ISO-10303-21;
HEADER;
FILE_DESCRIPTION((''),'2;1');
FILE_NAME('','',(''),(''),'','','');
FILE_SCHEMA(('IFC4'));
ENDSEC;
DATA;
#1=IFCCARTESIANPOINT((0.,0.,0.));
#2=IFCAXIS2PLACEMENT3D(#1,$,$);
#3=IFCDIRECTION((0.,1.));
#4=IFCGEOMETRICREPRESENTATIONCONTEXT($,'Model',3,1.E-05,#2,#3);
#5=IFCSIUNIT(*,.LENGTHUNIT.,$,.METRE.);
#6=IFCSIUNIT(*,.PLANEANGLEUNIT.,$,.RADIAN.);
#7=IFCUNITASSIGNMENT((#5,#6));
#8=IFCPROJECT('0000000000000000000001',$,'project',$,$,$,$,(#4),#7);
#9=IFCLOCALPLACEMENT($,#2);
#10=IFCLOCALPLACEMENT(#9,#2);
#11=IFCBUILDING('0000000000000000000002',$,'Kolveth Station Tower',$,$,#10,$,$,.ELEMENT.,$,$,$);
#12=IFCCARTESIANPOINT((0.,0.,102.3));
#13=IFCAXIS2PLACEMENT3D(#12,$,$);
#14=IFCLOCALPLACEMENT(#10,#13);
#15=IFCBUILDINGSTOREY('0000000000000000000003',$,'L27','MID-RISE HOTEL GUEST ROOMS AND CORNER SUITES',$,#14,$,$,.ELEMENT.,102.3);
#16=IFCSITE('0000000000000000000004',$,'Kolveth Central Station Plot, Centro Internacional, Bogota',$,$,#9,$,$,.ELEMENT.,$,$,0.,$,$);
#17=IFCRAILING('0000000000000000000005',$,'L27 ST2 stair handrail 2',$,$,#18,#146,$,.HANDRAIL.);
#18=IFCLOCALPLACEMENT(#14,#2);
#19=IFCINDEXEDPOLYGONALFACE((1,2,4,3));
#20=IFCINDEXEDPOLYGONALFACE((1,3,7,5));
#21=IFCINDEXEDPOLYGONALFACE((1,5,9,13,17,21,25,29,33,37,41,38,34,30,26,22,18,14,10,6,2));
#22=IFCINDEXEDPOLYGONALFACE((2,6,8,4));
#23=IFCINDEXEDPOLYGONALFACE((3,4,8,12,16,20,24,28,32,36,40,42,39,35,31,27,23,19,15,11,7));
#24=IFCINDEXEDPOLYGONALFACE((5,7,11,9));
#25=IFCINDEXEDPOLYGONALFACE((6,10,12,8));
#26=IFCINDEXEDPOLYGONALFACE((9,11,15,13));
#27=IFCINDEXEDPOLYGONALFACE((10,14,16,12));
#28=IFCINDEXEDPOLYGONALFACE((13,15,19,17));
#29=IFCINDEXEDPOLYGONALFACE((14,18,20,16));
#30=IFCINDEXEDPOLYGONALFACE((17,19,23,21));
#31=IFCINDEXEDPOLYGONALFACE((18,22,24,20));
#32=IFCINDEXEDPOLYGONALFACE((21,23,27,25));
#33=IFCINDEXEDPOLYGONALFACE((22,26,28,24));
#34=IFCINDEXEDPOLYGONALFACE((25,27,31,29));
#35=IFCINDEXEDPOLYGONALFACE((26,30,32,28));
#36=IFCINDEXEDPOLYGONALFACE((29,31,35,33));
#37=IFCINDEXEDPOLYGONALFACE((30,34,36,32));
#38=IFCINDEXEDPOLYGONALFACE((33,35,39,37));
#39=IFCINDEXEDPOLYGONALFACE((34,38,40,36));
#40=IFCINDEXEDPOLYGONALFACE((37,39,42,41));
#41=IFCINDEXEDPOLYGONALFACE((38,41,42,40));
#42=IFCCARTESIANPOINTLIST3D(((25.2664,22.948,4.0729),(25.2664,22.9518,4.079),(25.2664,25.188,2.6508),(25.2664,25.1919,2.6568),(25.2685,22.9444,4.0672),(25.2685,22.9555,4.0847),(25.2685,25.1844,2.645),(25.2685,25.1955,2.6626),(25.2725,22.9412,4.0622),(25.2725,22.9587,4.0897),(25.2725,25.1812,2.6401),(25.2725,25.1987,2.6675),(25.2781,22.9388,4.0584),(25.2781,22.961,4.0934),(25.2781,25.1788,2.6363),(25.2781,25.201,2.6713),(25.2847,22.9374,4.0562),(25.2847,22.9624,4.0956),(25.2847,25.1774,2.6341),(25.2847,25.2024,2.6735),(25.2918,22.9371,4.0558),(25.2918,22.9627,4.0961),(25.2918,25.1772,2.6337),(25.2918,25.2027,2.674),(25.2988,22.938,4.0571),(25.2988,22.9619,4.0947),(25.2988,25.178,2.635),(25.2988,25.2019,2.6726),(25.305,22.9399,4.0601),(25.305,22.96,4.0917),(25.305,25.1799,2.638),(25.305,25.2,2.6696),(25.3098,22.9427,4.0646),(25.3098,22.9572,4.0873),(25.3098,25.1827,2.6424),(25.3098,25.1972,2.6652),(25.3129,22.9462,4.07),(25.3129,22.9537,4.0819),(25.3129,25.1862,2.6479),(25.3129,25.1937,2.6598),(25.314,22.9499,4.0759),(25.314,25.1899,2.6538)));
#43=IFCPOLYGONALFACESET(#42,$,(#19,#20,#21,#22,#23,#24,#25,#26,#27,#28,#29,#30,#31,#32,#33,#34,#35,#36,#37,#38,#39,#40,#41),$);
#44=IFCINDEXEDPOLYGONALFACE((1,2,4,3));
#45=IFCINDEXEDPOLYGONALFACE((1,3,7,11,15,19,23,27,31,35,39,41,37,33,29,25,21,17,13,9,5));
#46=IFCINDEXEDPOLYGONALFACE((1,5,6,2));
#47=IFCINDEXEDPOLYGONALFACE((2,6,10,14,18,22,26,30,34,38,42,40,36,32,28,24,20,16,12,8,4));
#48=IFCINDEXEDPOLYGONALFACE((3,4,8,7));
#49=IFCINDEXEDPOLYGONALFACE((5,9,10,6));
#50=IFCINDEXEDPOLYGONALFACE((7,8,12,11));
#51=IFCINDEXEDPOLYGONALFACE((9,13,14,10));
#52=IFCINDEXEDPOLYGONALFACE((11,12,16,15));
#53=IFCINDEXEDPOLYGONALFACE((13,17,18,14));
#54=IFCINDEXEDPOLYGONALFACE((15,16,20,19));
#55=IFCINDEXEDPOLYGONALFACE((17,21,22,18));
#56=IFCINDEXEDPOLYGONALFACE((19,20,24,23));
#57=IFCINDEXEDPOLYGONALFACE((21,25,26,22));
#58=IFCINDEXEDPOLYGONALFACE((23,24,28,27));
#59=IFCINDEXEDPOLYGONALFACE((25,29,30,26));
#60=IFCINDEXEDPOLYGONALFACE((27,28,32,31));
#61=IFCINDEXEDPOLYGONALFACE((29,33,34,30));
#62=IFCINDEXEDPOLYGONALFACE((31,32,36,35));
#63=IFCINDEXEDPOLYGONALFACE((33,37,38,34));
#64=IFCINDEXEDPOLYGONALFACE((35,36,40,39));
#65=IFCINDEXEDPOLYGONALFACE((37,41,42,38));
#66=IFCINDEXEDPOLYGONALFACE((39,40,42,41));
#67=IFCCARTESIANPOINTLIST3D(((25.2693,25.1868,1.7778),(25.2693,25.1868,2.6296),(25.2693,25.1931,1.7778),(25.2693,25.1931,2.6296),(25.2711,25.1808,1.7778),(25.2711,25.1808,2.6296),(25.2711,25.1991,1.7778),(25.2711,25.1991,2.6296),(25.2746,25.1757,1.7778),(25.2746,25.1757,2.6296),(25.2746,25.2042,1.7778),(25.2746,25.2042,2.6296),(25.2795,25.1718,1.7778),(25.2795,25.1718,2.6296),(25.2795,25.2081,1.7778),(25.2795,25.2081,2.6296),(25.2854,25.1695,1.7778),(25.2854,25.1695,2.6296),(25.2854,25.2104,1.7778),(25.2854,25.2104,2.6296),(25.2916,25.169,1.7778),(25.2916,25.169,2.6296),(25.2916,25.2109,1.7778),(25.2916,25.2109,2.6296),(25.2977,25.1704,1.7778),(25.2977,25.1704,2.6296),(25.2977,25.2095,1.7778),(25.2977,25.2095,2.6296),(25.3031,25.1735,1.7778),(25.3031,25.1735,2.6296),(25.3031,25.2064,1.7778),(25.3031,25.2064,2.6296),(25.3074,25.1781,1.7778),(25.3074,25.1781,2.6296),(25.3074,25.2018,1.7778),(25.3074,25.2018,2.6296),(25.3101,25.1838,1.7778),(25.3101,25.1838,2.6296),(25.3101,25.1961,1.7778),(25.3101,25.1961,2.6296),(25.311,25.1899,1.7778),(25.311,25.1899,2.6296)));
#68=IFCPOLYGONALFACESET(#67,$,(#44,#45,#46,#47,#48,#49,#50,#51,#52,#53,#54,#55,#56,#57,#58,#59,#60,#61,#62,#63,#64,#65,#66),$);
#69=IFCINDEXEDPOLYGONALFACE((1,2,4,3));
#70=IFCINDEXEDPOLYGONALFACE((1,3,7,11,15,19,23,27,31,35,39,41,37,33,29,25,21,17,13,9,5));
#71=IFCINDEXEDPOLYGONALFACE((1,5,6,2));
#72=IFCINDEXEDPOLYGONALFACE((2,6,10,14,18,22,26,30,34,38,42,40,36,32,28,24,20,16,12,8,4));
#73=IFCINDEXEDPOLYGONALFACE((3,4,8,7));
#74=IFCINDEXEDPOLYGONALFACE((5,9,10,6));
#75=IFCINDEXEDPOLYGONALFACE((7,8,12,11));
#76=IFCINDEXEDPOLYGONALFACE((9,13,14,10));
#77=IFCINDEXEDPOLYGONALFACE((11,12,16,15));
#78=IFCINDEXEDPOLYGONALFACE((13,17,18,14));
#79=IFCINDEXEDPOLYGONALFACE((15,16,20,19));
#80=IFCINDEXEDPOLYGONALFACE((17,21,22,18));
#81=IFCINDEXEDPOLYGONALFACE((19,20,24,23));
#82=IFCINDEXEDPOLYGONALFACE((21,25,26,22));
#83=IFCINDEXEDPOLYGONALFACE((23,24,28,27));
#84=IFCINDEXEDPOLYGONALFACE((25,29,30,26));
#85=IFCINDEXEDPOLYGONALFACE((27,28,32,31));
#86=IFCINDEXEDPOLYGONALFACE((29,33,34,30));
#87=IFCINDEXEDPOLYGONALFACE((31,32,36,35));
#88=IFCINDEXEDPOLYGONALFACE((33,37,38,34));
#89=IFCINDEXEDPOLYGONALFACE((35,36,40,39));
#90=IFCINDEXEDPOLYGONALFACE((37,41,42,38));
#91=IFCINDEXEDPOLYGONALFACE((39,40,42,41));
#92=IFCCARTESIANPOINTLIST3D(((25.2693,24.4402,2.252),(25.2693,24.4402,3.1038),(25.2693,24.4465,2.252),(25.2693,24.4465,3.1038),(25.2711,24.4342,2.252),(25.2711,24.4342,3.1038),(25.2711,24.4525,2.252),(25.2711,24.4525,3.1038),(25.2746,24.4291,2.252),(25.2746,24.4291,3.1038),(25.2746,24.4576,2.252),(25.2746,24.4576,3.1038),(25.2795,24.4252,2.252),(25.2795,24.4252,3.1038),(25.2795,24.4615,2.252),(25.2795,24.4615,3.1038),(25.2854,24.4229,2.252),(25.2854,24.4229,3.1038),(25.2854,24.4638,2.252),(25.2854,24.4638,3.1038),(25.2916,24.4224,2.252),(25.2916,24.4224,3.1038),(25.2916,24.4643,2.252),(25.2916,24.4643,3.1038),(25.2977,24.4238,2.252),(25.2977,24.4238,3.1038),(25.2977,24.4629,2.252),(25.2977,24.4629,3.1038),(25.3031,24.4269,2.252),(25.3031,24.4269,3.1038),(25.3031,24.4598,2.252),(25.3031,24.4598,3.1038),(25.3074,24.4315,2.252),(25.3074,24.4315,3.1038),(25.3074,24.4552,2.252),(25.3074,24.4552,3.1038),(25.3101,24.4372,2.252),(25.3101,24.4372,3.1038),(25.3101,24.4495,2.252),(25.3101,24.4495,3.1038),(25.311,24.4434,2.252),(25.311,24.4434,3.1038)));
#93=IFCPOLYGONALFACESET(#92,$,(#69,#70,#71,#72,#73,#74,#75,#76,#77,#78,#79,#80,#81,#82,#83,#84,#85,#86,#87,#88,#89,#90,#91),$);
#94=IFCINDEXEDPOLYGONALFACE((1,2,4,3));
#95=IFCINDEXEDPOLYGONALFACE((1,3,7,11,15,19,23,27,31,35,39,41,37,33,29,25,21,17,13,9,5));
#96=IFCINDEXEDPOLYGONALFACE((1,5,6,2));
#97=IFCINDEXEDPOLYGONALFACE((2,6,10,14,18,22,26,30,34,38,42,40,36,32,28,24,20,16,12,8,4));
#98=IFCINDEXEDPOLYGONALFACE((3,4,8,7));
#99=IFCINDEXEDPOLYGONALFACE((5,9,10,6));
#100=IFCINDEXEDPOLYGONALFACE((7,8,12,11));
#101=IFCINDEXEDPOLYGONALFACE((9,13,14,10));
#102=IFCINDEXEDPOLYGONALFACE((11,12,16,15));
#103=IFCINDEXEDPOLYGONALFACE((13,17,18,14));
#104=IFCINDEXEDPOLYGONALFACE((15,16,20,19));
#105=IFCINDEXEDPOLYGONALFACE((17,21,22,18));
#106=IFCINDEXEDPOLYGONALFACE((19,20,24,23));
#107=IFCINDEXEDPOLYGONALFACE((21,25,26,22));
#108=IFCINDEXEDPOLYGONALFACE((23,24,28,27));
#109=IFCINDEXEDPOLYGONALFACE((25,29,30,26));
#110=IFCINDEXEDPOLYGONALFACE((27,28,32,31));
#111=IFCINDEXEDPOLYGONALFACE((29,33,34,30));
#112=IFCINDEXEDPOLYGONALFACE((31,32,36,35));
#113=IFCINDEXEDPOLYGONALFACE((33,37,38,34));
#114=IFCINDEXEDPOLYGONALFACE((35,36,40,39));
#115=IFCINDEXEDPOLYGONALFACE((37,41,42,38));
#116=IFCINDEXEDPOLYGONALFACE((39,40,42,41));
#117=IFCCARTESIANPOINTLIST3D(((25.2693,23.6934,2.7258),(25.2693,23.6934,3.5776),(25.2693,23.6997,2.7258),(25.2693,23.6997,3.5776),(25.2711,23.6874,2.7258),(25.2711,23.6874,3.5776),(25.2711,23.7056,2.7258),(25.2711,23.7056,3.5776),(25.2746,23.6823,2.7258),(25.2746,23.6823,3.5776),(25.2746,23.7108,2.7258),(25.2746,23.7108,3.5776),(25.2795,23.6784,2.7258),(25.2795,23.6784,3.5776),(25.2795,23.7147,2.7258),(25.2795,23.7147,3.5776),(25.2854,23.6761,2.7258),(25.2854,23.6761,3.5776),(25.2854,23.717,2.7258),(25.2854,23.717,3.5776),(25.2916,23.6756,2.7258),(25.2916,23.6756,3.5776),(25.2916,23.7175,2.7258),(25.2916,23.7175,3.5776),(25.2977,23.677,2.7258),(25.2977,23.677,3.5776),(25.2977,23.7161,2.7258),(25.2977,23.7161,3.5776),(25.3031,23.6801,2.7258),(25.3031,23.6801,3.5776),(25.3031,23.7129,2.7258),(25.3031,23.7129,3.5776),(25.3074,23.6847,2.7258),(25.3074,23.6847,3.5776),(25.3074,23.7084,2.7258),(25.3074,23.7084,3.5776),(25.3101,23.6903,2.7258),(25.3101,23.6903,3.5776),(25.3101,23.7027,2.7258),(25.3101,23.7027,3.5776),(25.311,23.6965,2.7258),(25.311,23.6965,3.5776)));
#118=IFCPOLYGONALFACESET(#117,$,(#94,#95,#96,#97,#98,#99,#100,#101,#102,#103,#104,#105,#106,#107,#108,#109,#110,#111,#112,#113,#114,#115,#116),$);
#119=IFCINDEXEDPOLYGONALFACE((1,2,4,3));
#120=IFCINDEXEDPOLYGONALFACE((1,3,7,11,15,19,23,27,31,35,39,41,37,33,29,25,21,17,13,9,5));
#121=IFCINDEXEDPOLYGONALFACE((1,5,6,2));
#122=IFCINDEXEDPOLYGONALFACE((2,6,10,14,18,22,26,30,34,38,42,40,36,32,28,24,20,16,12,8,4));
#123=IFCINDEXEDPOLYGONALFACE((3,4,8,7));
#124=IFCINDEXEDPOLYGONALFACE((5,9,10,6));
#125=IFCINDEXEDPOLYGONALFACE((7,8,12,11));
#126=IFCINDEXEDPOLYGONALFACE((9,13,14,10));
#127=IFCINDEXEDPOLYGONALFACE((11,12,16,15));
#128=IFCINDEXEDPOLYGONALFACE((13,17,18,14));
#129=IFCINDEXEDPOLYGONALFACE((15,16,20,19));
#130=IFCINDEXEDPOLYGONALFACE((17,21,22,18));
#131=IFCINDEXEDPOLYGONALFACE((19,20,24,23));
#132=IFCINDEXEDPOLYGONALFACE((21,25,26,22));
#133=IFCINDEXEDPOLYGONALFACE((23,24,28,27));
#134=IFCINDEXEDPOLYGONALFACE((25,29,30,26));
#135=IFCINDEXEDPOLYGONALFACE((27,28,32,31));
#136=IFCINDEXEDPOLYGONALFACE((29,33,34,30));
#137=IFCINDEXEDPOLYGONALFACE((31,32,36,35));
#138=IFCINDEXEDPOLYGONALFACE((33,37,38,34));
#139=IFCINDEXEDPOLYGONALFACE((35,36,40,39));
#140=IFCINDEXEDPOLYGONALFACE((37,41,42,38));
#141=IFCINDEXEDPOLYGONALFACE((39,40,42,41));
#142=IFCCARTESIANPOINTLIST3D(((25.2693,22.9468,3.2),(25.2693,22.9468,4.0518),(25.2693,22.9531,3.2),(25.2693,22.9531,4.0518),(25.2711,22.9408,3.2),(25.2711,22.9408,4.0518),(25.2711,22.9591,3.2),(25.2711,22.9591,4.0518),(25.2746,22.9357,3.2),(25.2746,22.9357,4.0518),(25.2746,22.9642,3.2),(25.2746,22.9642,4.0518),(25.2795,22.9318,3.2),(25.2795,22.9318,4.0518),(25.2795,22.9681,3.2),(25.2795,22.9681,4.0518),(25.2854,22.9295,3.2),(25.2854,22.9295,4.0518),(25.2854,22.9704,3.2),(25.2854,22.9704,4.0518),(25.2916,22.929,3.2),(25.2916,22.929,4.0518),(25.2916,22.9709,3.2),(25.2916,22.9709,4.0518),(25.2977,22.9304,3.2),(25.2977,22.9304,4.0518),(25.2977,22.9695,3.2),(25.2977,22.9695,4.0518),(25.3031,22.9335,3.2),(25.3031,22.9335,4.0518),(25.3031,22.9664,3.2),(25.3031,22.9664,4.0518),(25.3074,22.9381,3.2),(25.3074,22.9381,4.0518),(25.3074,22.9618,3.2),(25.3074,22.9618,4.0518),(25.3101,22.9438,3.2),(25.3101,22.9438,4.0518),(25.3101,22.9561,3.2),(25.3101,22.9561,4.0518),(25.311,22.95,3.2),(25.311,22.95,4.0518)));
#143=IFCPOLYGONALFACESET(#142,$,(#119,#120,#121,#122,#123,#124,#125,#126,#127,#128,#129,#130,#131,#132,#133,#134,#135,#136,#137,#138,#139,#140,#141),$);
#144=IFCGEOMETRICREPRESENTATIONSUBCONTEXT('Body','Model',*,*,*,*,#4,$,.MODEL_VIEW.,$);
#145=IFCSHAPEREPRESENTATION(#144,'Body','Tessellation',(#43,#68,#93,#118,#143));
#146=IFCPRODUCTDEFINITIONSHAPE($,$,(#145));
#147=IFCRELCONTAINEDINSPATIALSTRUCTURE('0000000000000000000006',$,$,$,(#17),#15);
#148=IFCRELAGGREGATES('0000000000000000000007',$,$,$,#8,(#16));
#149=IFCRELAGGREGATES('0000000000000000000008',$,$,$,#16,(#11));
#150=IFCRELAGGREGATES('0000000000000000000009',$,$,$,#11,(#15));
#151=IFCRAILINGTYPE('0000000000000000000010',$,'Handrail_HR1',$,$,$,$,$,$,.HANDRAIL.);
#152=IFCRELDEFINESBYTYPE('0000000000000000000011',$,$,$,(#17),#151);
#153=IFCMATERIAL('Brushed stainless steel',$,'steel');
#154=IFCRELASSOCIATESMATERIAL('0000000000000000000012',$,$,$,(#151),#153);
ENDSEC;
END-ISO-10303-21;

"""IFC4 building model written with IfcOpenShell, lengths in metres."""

from ifc_helpers import new_model, si_unit, direction, frame, origin, origin_2d, place, context, subcontext, project, spatial, circle, extrude, material, type_object, element, save


model = new_model("IFC4")

# Units and contexts
model_context = context("Model", 3, precision=1e-05, world=origin(), true_north=direction((0.0, 1.0)))
body_context = subcontext(model_context, "Body", "Model", "MODEL_VIEW")
ifc_project = project(units=[si_unit("LENGTHUNIT", "METRE"), si_unit("PLANEANGLEUNIT", "RADIAN")], contexts=[model_context])

# Site, building, storey
site_placement = place(None, origin())
site = spatial("IfcSite", under=ifc_project, at=site_placement, Name="Kolveth Central Station Plot, Centro Internacional, Bogota", CompositionType="ELEMENT", RefElevation=0.0)
building_placement = place(site_placement, origin())
building = spatial("IfcBuilding", under=site, at=building_placement, Name="Kolveth Station Tower", CompositionType="ELEMENT")
storey_placement = place(building_placement, frame((0.0, 0.0, 102.3)))
storey = spatial("IfcBuildingStorey", under=building, at=storey_placement, Name="L27", Description="MID-RISE HOTEL GUEST ROOMS AND CORNER SUITES", CompositionType="ELEMENT", Elevation=102.3)

# Railing
ifc_material_1 = material(Name="Brushed stainless steel", Category="steel")
railing_type_1 = type_object("IfcRailingType", Name="Handrail_HR1", PredefinedType="HANDRAIL", material=ifc_material_1)
railing_1_placement = place(storey_placement, frame((25.29, 25.1899, 1.7778)))
element("IfcRailing", 1, at=railing_1_placement, inside=storey, type_object=railing_type_1, Name="L27 ST2 stair handrail 2", PredefinedType="HANDRAIL", context=body_context, shape_type="SweptSolid", body=[
    extrude(circle(Radius=0.0239, at=origin_2d()), frame((0.0, 0.0, 0.876), z_axis=(0.0, -0.844229, 0.535982), x_axis=(1.0, 0.0, 0.0)), (0.0, 0.0, 1.0), 2.6533),
    extrude(circle(Radius=0.021, at=origin_2d()), origin(), (0.0, 0.0, 1.0), 0.8518),
    extrude(circle(Radius=0.021, at=origin_2d()), frame((0.0, -0.7466, 0.4741)), (0.0, 0.0, 1.0), 0.8518),
    extrude(circle(Radius=0.021, at=origin_2d()), frame((0.0, -1.4934, 0.948)), (0.0, 0.0, 1.0), 0.8518),
    extrude(circle(Radius=0.021, at=origin_2d()), frame((0.0, -2.24, 1.4221)), (0.0, 0.0, 1.0), 0.8518),
])

save(model, "model.ifc")
